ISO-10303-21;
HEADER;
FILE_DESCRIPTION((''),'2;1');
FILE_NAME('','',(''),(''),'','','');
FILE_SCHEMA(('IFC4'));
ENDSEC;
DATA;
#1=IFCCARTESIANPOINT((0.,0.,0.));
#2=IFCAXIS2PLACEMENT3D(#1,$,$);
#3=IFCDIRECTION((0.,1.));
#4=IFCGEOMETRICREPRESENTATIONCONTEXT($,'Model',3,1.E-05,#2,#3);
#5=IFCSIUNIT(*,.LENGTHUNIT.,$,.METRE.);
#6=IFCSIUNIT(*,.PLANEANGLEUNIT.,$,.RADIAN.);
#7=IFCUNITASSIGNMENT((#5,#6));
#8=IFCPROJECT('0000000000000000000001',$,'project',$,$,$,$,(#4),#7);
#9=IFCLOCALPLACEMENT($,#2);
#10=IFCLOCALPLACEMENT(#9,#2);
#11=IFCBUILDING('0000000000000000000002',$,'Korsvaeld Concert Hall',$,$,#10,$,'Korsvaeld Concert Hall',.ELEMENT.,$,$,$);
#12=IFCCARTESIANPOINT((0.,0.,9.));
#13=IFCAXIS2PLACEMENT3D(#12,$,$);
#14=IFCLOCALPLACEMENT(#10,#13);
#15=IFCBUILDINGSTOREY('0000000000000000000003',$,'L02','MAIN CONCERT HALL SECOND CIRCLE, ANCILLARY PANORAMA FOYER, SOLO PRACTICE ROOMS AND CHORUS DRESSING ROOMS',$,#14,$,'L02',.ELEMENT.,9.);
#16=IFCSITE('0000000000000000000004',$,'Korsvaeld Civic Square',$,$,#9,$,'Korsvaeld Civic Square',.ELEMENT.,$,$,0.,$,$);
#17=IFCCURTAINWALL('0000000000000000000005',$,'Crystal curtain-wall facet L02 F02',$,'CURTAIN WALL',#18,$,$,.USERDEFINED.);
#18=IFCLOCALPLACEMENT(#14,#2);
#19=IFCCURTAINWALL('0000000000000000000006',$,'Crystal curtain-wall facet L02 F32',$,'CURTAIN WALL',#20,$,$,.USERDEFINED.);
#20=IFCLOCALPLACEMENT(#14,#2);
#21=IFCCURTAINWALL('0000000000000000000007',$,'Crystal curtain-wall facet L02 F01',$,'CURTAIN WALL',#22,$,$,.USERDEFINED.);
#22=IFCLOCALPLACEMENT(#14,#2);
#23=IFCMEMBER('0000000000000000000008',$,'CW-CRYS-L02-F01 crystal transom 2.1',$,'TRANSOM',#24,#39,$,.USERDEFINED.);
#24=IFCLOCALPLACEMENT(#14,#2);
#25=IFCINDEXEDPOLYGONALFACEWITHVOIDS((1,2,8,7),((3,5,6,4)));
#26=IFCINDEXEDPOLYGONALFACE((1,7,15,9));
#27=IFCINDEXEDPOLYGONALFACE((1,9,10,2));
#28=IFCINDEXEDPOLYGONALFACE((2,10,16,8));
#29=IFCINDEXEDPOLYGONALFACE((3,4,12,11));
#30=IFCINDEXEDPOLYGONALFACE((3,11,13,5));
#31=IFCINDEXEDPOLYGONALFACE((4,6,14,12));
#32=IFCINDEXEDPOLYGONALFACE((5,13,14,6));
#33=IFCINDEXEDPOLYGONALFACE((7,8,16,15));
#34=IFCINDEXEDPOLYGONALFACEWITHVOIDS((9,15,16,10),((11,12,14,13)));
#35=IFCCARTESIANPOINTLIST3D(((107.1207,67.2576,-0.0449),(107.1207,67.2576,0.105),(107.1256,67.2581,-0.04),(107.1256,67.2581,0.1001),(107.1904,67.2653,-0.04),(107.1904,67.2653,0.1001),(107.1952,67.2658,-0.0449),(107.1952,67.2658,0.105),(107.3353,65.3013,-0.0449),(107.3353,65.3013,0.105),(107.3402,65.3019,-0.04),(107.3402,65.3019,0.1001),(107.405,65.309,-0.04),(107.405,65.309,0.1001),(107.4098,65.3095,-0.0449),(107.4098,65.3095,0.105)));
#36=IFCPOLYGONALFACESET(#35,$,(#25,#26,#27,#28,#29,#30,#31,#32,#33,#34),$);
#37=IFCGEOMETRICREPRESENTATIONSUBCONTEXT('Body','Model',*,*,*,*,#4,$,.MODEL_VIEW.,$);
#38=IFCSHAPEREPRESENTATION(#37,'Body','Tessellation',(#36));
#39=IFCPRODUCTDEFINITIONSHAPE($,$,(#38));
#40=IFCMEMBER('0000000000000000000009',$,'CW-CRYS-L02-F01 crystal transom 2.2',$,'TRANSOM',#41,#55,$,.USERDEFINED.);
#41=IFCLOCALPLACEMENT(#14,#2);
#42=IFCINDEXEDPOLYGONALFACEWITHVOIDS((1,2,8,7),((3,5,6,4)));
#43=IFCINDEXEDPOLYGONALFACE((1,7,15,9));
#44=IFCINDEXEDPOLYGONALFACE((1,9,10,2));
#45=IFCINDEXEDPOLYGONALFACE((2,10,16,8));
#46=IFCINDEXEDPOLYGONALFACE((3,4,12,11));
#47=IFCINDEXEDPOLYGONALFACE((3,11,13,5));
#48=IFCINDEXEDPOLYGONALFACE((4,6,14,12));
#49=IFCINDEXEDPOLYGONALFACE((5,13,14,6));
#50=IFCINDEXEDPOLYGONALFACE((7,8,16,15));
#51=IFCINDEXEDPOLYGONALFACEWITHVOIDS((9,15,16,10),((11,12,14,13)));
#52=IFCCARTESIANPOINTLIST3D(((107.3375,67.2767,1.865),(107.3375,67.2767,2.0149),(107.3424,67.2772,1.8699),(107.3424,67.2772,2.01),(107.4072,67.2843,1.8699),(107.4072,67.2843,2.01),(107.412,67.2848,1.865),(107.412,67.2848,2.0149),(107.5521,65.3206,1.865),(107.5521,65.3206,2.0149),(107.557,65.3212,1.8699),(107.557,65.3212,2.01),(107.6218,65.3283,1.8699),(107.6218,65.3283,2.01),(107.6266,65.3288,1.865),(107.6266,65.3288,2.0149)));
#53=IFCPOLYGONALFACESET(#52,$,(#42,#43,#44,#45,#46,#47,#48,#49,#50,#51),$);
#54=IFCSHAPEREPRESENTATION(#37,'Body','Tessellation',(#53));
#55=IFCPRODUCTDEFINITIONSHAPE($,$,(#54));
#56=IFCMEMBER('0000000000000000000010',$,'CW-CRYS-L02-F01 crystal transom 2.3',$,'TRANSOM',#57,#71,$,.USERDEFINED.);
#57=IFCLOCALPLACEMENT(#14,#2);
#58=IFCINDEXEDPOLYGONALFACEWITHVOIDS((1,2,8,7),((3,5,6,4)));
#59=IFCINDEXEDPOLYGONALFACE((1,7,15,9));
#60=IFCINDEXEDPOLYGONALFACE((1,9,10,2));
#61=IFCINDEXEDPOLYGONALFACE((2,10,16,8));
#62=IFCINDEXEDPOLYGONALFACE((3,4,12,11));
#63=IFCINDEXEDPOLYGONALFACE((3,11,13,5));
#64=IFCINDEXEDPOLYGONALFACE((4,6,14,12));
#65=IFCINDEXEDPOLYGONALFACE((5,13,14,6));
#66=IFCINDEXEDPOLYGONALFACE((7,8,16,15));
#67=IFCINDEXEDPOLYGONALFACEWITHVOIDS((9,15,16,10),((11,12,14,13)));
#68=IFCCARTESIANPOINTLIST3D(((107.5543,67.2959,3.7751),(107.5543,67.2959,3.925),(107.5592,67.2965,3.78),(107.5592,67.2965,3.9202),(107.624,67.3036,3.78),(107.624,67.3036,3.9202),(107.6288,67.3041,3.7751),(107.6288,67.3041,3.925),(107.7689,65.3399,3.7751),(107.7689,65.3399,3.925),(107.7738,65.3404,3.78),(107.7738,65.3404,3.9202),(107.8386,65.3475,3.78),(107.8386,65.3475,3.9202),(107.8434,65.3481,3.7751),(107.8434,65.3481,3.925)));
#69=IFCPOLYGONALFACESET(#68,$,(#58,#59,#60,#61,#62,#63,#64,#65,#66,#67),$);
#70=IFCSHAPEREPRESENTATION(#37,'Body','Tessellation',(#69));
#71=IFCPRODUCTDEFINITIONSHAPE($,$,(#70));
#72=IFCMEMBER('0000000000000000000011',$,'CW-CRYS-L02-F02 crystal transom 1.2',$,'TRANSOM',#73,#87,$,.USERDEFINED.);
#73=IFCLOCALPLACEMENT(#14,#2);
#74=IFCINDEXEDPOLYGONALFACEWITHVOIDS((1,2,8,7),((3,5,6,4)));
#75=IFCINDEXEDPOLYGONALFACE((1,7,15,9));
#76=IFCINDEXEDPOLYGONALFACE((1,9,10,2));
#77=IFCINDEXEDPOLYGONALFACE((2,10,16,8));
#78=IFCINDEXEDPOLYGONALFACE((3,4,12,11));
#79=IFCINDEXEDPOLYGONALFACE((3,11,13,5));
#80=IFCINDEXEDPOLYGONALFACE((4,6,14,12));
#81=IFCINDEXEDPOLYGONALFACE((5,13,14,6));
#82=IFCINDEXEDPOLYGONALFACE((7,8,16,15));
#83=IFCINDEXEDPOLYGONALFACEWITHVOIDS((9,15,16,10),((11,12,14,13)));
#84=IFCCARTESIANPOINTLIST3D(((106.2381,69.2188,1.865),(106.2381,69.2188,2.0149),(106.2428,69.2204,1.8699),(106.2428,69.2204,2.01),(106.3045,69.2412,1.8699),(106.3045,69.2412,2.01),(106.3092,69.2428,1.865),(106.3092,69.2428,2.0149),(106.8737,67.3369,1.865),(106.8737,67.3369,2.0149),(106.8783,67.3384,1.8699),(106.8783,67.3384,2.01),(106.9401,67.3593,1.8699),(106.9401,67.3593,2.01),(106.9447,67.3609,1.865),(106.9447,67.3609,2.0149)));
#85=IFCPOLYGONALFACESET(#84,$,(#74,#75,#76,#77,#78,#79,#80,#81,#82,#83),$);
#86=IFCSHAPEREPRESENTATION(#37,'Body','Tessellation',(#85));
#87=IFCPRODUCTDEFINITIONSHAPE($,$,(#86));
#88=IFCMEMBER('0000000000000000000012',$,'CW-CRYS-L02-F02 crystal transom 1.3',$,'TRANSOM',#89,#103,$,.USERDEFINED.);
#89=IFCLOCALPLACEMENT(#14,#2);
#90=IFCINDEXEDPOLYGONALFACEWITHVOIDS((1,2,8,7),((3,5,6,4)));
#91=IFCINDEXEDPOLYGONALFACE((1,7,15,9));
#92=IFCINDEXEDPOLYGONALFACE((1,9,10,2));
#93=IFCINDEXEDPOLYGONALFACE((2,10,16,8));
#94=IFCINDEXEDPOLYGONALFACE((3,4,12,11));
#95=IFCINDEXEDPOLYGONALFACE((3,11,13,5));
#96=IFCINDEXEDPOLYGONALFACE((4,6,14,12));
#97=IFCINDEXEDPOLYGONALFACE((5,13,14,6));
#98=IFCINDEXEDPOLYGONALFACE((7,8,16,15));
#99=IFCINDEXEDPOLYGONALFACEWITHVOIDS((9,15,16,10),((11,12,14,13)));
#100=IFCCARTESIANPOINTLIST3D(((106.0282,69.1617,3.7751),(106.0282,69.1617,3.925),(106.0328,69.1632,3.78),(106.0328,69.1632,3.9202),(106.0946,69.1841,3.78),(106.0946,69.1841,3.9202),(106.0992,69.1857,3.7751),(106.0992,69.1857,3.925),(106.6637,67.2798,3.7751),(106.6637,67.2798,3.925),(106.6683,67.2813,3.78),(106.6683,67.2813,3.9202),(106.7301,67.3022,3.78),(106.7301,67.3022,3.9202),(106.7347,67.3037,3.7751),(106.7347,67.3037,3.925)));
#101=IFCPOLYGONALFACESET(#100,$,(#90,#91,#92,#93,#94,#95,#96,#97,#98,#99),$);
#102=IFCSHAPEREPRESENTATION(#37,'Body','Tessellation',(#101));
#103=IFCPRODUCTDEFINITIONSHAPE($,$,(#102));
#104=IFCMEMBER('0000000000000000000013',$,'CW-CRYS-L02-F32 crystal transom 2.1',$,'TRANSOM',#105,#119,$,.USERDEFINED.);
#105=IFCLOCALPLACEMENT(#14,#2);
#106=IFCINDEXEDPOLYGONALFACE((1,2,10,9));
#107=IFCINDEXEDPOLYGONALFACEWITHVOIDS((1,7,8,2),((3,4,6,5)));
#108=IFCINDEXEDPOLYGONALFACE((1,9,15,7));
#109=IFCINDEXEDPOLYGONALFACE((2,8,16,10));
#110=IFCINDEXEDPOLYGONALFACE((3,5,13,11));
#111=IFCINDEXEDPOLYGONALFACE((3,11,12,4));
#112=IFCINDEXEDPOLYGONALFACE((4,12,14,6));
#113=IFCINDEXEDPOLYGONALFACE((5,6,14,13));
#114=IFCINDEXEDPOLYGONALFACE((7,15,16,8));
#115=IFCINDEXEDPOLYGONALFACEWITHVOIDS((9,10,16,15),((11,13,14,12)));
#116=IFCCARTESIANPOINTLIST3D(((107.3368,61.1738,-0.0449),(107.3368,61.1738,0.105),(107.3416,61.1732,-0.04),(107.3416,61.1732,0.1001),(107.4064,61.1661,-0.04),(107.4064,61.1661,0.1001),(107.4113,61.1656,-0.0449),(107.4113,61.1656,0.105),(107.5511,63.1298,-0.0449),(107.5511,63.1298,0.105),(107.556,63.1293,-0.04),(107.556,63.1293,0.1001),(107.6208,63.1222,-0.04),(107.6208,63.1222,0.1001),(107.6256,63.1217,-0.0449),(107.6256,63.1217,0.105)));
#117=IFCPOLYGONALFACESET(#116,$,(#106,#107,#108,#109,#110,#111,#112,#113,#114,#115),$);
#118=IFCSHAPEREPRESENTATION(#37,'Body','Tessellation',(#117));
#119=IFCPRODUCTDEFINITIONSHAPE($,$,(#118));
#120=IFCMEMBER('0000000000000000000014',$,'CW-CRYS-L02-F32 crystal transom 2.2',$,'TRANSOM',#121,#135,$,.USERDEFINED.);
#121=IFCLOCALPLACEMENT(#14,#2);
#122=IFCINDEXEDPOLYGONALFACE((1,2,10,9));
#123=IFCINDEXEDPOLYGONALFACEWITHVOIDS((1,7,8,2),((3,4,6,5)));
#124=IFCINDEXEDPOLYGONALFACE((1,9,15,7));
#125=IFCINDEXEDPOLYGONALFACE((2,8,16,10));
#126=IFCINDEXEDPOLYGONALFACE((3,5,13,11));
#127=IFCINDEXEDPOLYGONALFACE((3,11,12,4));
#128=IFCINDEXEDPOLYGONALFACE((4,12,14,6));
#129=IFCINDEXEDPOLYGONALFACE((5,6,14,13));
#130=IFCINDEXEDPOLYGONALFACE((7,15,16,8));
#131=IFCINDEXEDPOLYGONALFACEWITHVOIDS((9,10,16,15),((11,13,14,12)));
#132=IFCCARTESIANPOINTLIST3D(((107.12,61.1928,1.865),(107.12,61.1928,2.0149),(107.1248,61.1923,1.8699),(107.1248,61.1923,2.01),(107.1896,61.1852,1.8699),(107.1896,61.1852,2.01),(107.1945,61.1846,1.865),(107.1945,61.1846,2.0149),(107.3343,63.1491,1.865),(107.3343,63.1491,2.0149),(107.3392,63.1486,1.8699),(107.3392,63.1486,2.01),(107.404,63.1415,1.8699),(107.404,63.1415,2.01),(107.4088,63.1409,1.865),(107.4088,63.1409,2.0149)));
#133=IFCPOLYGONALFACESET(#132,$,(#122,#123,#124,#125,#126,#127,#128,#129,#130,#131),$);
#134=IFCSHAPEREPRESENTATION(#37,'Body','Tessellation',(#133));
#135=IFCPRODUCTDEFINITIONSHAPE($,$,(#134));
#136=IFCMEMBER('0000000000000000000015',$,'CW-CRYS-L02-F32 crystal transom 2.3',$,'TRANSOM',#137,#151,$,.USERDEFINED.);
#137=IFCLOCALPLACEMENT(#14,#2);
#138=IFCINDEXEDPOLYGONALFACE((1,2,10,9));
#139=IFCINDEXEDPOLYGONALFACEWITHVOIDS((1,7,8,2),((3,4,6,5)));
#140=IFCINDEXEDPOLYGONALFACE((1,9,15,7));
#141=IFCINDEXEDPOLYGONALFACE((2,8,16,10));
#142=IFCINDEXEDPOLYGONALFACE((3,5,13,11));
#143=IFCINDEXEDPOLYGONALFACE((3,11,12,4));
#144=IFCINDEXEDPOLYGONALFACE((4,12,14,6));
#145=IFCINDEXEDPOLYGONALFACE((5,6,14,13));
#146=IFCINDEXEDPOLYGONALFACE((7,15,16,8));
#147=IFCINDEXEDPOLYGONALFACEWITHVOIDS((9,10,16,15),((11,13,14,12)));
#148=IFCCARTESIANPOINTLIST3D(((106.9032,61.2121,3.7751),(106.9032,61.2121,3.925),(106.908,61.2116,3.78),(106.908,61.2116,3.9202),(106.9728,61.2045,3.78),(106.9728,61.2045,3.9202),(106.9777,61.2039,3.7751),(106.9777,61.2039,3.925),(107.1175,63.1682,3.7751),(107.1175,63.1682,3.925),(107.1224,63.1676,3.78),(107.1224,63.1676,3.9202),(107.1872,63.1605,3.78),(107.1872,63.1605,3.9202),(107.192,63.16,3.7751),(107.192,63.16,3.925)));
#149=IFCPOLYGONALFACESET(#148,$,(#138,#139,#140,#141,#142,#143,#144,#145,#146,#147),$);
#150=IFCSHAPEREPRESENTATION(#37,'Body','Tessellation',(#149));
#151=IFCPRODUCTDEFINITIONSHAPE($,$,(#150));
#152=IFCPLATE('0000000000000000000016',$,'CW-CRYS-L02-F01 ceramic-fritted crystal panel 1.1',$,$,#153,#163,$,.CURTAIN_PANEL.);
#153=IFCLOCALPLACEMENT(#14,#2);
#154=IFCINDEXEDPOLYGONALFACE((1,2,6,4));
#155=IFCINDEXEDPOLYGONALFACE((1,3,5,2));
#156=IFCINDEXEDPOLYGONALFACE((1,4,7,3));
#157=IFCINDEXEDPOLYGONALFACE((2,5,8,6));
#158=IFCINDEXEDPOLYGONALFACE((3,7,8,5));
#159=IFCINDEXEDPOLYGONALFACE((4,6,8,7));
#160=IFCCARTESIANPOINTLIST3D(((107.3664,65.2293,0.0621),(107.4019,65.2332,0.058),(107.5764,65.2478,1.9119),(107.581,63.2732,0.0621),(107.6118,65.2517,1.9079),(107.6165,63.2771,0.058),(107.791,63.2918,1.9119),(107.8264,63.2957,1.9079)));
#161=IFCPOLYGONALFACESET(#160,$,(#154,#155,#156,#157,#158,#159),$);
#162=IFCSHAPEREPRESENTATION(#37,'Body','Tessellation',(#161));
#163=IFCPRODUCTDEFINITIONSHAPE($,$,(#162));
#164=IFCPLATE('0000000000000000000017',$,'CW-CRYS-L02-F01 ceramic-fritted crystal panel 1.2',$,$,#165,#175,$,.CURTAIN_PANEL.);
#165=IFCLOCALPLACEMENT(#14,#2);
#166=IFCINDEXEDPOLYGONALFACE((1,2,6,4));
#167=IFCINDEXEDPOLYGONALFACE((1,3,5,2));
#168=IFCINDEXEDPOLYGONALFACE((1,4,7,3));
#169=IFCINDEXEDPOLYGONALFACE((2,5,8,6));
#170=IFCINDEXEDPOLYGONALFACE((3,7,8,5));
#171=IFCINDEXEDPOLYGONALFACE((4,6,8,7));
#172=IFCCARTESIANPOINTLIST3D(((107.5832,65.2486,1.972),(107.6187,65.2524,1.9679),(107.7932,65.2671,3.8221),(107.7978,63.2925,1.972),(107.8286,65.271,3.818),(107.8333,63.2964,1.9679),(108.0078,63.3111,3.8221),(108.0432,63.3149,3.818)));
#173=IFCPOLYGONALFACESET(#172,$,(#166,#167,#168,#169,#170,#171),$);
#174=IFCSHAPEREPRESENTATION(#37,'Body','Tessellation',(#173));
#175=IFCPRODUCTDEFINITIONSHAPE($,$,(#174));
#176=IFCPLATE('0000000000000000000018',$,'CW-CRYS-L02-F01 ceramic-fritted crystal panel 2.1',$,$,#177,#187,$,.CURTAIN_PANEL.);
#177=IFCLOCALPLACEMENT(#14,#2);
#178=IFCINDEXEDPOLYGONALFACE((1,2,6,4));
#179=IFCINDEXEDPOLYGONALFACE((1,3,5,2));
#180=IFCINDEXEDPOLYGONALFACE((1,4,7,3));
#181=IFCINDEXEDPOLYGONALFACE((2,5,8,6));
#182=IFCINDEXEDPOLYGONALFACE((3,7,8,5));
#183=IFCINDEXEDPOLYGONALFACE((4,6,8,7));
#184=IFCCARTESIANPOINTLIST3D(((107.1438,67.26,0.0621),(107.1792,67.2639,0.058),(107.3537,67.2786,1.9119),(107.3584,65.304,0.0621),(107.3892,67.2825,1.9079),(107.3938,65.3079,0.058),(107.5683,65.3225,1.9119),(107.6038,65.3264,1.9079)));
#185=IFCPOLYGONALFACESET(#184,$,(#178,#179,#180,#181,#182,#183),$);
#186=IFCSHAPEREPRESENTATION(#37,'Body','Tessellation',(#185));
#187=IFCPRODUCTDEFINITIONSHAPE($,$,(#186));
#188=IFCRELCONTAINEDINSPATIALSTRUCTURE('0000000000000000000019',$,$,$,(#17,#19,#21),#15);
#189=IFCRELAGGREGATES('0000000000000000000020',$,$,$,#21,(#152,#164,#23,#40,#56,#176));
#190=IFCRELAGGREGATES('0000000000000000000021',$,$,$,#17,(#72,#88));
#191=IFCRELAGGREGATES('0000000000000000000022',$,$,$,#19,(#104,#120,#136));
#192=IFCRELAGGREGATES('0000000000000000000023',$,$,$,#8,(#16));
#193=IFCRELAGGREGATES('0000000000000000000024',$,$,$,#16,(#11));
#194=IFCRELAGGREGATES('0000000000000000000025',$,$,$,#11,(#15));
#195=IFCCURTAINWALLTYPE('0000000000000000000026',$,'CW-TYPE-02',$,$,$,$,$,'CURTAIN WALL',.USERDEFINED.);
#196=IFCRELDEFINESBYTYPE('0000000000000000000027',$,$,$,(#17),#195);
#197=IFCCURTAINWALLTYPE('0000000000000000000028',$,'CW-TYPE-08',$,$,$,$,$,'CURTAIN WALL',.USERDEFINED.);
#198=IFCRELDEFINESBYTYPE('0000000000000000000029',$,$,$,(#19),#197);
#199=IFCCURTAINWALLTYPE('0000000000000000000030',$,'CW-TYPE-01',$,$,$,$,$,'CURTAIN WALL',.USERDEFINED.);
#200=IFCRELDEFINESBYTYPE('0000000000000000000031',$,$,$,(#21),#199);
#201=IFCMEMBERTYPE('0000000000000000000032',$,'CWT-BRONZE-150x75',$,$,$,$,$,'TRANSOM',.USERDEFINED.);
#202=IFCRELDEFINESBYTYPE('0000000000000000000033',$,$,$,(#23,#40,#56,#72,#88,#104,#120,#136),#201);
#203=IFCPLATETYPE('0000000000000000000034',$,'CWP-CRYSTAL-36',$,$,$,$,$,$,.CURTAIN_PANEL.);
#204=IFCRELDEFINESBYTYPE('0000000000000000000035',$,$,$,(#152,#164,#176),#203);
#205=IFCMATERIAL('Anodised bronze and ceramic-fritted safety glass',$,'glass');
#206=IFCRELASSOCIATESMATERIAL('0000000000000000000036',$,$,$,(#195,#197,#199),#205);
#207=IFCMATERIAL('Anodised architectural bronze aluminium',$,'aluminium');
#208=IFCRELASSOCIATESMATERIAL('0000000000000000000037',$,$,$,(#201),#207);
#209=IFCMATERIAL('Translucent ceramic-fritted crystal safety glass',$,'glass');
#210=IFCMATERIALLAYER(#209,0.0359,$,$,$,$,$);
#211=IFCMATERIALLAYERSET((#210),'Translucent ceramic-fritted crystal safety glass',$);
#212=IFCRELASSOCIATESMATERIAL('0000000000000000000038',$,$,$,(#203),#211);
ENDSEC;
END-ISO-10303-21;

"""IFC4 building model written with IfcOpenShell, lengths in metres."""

from ifc_helpers import new_model, si_unit, direction, frame, origin, origin_2d, place, context, subcontext, project, spatial, polyline, hollow_rectangle, outline, extrude, material, layer, layer_set, material_profile, profile_set, type_object, element, aggregate, save


model = new_model("IFC4")

# Units and contexts
model_context = context("Model", 3, precision=1e-05, world=origin(), true_north=direction((0.0, 1.0)))
body_context = subcontext(model_context, "Body", "Model", "MODEL_VIEW")
ifc_project = project(units=[si_unit("LENGTHUNIT", "METRE"), si_unit("PLANEANGLEUNIT", "RADIAN")], contexts=[model_context])

# Site, building, storey
site_placement = place(None, origin())
site = spatial("IfcSite", under=ifc_project, at=site_placement, Name="Korsvaeld Civic Square", LongName="Korsvaeld Civic Square", CompositionType="ELEMENT", RefElevation=0.0)
building_placement = place(site_placement, origin())
building = spatial("IfcBuilding", under=site, at=building_placement, Name="Korsvaeld Concert Hall", LongName="Korsvaeld Concert Hall", CompositionType="ELEMENT")
storey_placement = place(building_placement, frame((0.0, 0.0, 9.0)))
storey = spatial("IfcBuildingStorey", under=building, at=storey_placement, Name="L02", Description="MAIN CONCERT HALL SECOND CIRCLE, ANCILLARY PANORAMA FOYER, SOLO PRACTICE ROOMS AND CHORUS DRESSING ROOMS", LongName="L02", CompositionType="ELEMENT", Elevation=9.0)

# Curtain wall
ifc_material_1 = material(Name="Anodised bronze and ceramic-fritted safety glass", Category="glass")
curtain_wall_type_1 = type_object("IfcCurtainWallType", Name="CW-TYPE-02", ElementType="CURTAIN WALL", PredefinedType="USERDEFINED", material=ifc_material_1)
curtain_wall_1_placement = place(storey_placement, origin())
curtain_wall_1 = element("IfcCurtainWall", 1, at=curtain_wall_1_placement, inside=storey, type_object=curtain_wall_type_1, Name="Crystal curtain-wall facet L02 F02", ObjectType="CURTAIN WALL", PredefinedType="USERDEFINED")
ifc_material_2 = material(Name="Anodised architectural bronze aluminium", Category="aluminium")

# Curtain walls, members
curtain_wall_type_2 = type_object("IfcCurtainWallType", Name="CW-TYPE-08", ElementType="CURTAIN WALL", PredefinedType="USERDEFINED", material=ifc_material_1)
curtain_wall_2_placement = place(storey_placement, origin())
curtain_wall_2 = element("IfcCurtainWall", 2, at=curtain_wall_2_placement, inside=storey, type_object=curtain_wall_type_2, Name="Crystal curtain-wall facet L02 F32", ObjectType="CURTAIN WALL", PredefinedType="USERDEFINED")
curtain_wall_type_3 = type_object("IfcCurtainWallType", Name="CW-TYPE-01", ElementType="CURTAIN WALL", PredefinedType="USERDEFINED", material=ifc_material_1)
curtain_wall_3_placement = place(storey_placement, origin())
curtain_wall_3 = element("IfcCurtainWall", 3, at=curtain_wall_3_placement, inside=storey, type_object=curtain_wall_type_3, Name="Crystal curtain-wall facet L02 F01", ObjectType="CURTAIN WALL", PredefinedType="USERDEFINED")
ifc_material_profile_1 = material_profile(ifc_material_2, hollow_rectangle(XDim=0.075, YDim=0.1499, WallThickness=0.0049, at=origin_2d()), Name="CWT 150x75x5")
ifc_profile_set_1 = profile_set([ifc_material_profile_1], Name="Anodised architectural bronze aluminium")
member_type_1 = type_object("IfcMemberType", Name="CWT-BRONZE-150x75", ElementType="TRANSOM", PredefinedType="USERDEFINED", material=ifc_profile_set_1)
member_1_placement = place(storey_placement, frame((107.3726, 65.3054, 0.03), z_axis=(-0.109043, 0.994037, 0.0), x_axis=(-0.994037, -0.109043, 0.0)))
member_1 = element("IfcMember", 4, at=member_1_placement, type_object=member_type_1, Name="CW-CRYS-L02-F01 crystal transom 2.1", ObjectType="TRANSOM", PredefinedType="USERDEFINED", context=body_context, shape_type="SweptSolid", body=[
    extrude(hollow_rectangle(XDim=0.075, YDim=0.1499, WallThickness=0.0049, at=origin_2d()), origin(), (0.0, 0.0, 1.0), 1.968),
])
member_2_placement = place(storey_placement, frame((107.5894, 65.3247, 1.9399), z_axis=(-0.109056, 0.994036, 0.0), x_axis=(-0.994036, -0.109056, 0.0)))
member_2 = element("IfcMember", 5, at=member_2_placement, type_object=member_type_1, Name="CW-CRYS-L02-F01 crystal transom 2.2", ObjectType="TRANSOM", PredefinedType="USERDEFINED", context=body_context, shape_type="SweptSolid", body=[
    extrude(hollow_rectangle(XDim=0.075, YDim=0.1499, WallThickness=0.0049, at=origin_2d()), origin(), (0.0, 0.0, 1.0), 1.9678),
])
member_3_placement = place(storey_placement, frame((107.8062, 65.344, 3.8501), z_axis=(-0.109056, 0.994036, 0.0), x_axis=(-0.994036, -0.109056, 0.0)))
member_3 = element("IfcMember", 6, at=member_3_placement, type_object=member_type_1, Name="CW-CRYS-L02-F01 crystal transom 2.3", ObjectType="TRANSOM", PredefinedType="USERDEFINED", context=body_context, shape_type="SweptSolid", body=[
    extrude(hollow_rectangle(XDim=0.075, YDim=0.1499, WallThickness=0.0049, at=origin_2d()), origin(), (0.0, 0.0, 1.0), 1.9678),
])

# Members
member_4_placement = place(storey_placement, frame((106.9092, 67.3489, 1.9399), z_axis=(-0.31995, 0.947435, 0.0), x_axis=(-0.947435, -0.31995, 0.0)))
member_4 = element("IfcMember", 7, at=member_4_placement, type_object=member_type_1, Name="CW-CRYS-L02-F02 crystal transom 1.2", ObjectType="TRANSOM", PredefinedType="USERDEFINED", context=body_context, shape_type="SweptSolid", body=[
    extrude(hollow_rectangle(XDim=0.075, YDim=0.1499, WallThickness=0.0049, at=origin_2d()), origin(), (0.0, 0.0, 1.0), 1.9863),
])
member_5_placement = place(storey_placement, frame((106.6992, 67.2917, 3.8501), z_axis=(-0.31995, 0.947435, 0.0), x_axis=(-0.947435, -0.31995, 0.0)))
member_5 = element("IfcMember", 8, at=member_5_placement, type_object=member_type_1, Name="CW-CRYS-L02-F02 crystal transom 1.3", ObjectType="TRANSOM", PredefinedType="USERDEFINED", context=body_context, shape_type="SweptSolid", body=[
    extrude(hollow_rectangle(XDim=0.075, YDim=0.1499, WallThickness=0.0049, at=origin_2d()), origin(), (0.0, 0.0, 1.0), 1.9863),
])
member_6_placement = place(storey_placement, frame((107.374, 61.1697, 0.03), z_axis=(0.108933, 0.994049, 0.0), x_axis=(-0.994049, 0.108933, 0.0)))
member_6 = element("IfcMember", 9, at=member_6_placement, type_object=member_type_1, Name="CW-CRYS-L02-F32 crystal transom 2.1", ObjectType="TRANSOM", PredefinedType="USERDEFINED", context=body_context, shape_type="SweptSolid", body=[
    extrude(hollow_rectangle(XDim=0.075, YDim=0.1499, WallThickness=0.0049, at=origin_2d()), origin(), (0.0, 0.0, 1.0), 1.9678),
])
member_7_placement = place(storey_placement, frame((107.1572, 61.1887, 1.9399), z_axis=(0.10892, 0.994051, 0.0), x_axis=(-0.994051, 0.10892, 0.0)))
member_7 = element("IfcMember", 10, at=member_7_placement, type_object=member_type_1, Name="CW-CRYS-L02-F32 crystal transom 2.2", ObjectType="TRANSOM", PredefinedType="USERDEFINED", context=body_context, shape_type="SweptSolid", body=[
    extrude(hollow_rectangle(XDim=0.075, YDim=0.1499, WallThickness=0.0049, at=origin_2d()), origin(), (0.0, 0.0, 1.0), 1.968),
])
member_8_placement = place(storey_placement, frame((106.9404, 61.208, 3.8501), z_axis=(0.108933, 0.994049, 0.0), x_axis=(-0.994049, 0.108933, 0.0)))
member_8 = element("IfcMember", 11, at=member_8_placement, type_object=member_type_1, Name="CW-CRYS-L02-F32 crystal transom 2.3", ObjectType="TRANSOM", PredefinedType="USERDEFINED", context=body_context, shape_type="SweptSolid", body=[
    extrude(hollow_rectangle(XDim=0.075, YDim=0.1499, WallThickness=0.0049, at=origin_2d()), origin(), (0.0, 0.0, 1.0), 1.9678),
])

# Plates
ifc_material_3 = material(Name="Translucent ceramic-fritted crystal safety glass", Category="glass")
ifc_layer = layer(ifc_material_3, 0.0359)
ifc_layer_set = layer_set([ifc_layer], Name="Translucent ceramic-fritted crystal safety glass")
plate_type = type_object("IfcPlateType", Name="CWP-CRYSTAL-36", PredefinedType="CURTAIN_PANEL", material=ifc_layer_set)
plate_1_placement = place(storey_placement, frame((107.5986, 63.2751, 0.0601), z_axis=(0.987648, 0.108355, -0.113186), x_axis=(-0.109056, 0.994036, 0.0)))
plate_1 = element("IfcPlate", 12, at=plate_1_placement, type_object=plate_type, Name="CW-CRYS-L02-F01 ceramic-fritted crystal panel 1.1", PredefinedType="CURTAIN_PANEL", context=body_context, shape_type="SweptSolid", body=[
    extrude(outline(polyline([(0.0, 0.0), (1.9678, 0.0), (1.9633, 1.8618), (-0.0045, 1.8618), (0.0, 0.0)])), frame((0.0, 0.0, 0.0181)), (0.0, 0.0, -1.0), 0.0359),
])
plate_2_placement = place(storey_placement, frame((107.8154, 63.2944, 1.97), z_axis=(0.987649, 0.108355, -0.113171), x_axis=(-0.109056, 0.994036, 0.0)))
plate_2 = element("IfcPlate", 13, at=plate_2_placement, type_object=plate_type, Name="CW-CRYS-L02-F01 ceramic-fritted crystal panel 1.2", PredefinedType="CURTAIN_PANEL", context=body_context, shape_type="SweptSolid", body=[
    extrude(outline(polyline([(0.0, 0.0), (1.9678, 0.0), (1.9633, 1.8621), (-0.0045, 1.8621), (0.0, 0.0)])), frame((0.0, 0.0, 0.0181)), (0.0, 0.0, -1.0), 0.0359),
])
plate_3_placement = place(storey_placement, frame((107.376, 65.3059, 0.0601), z_axis=(0.987648, 0.108355, -0.113186), x_axis=(-0.109056, 0.994036, 0.0)))
plate_3 = element("IfcPlate", 14, at=plate_3_placement, type_object=plate_type, Name="CW-CRYS-L02-F01 ceramic-fritted crystal panel 2.1", PredefinedType="CURTAIN_PANEL", context=body_context, shape_type="SweptSolid", body=[
    extrude(outline(polyline([(0.0, 0.0), (1.9678, 0.0), (1.9633, 1.8618), (-0.0045, 1.8618), (0.0, 0.0)])), frame((0.0, 0.0, 0.0181)), (0.0, 0.0, -1.0), 0.0359),
])
aggregate(curtain_wall_3, [plate_1, plate_2, member_1, member_2, member_3, plate_3])
aggregate(curtain_wall_1, [member_4, member_5])
aggregate(curtain_wall_2, [member_6, member_7, member_8])

save(model, "model.ifc")
